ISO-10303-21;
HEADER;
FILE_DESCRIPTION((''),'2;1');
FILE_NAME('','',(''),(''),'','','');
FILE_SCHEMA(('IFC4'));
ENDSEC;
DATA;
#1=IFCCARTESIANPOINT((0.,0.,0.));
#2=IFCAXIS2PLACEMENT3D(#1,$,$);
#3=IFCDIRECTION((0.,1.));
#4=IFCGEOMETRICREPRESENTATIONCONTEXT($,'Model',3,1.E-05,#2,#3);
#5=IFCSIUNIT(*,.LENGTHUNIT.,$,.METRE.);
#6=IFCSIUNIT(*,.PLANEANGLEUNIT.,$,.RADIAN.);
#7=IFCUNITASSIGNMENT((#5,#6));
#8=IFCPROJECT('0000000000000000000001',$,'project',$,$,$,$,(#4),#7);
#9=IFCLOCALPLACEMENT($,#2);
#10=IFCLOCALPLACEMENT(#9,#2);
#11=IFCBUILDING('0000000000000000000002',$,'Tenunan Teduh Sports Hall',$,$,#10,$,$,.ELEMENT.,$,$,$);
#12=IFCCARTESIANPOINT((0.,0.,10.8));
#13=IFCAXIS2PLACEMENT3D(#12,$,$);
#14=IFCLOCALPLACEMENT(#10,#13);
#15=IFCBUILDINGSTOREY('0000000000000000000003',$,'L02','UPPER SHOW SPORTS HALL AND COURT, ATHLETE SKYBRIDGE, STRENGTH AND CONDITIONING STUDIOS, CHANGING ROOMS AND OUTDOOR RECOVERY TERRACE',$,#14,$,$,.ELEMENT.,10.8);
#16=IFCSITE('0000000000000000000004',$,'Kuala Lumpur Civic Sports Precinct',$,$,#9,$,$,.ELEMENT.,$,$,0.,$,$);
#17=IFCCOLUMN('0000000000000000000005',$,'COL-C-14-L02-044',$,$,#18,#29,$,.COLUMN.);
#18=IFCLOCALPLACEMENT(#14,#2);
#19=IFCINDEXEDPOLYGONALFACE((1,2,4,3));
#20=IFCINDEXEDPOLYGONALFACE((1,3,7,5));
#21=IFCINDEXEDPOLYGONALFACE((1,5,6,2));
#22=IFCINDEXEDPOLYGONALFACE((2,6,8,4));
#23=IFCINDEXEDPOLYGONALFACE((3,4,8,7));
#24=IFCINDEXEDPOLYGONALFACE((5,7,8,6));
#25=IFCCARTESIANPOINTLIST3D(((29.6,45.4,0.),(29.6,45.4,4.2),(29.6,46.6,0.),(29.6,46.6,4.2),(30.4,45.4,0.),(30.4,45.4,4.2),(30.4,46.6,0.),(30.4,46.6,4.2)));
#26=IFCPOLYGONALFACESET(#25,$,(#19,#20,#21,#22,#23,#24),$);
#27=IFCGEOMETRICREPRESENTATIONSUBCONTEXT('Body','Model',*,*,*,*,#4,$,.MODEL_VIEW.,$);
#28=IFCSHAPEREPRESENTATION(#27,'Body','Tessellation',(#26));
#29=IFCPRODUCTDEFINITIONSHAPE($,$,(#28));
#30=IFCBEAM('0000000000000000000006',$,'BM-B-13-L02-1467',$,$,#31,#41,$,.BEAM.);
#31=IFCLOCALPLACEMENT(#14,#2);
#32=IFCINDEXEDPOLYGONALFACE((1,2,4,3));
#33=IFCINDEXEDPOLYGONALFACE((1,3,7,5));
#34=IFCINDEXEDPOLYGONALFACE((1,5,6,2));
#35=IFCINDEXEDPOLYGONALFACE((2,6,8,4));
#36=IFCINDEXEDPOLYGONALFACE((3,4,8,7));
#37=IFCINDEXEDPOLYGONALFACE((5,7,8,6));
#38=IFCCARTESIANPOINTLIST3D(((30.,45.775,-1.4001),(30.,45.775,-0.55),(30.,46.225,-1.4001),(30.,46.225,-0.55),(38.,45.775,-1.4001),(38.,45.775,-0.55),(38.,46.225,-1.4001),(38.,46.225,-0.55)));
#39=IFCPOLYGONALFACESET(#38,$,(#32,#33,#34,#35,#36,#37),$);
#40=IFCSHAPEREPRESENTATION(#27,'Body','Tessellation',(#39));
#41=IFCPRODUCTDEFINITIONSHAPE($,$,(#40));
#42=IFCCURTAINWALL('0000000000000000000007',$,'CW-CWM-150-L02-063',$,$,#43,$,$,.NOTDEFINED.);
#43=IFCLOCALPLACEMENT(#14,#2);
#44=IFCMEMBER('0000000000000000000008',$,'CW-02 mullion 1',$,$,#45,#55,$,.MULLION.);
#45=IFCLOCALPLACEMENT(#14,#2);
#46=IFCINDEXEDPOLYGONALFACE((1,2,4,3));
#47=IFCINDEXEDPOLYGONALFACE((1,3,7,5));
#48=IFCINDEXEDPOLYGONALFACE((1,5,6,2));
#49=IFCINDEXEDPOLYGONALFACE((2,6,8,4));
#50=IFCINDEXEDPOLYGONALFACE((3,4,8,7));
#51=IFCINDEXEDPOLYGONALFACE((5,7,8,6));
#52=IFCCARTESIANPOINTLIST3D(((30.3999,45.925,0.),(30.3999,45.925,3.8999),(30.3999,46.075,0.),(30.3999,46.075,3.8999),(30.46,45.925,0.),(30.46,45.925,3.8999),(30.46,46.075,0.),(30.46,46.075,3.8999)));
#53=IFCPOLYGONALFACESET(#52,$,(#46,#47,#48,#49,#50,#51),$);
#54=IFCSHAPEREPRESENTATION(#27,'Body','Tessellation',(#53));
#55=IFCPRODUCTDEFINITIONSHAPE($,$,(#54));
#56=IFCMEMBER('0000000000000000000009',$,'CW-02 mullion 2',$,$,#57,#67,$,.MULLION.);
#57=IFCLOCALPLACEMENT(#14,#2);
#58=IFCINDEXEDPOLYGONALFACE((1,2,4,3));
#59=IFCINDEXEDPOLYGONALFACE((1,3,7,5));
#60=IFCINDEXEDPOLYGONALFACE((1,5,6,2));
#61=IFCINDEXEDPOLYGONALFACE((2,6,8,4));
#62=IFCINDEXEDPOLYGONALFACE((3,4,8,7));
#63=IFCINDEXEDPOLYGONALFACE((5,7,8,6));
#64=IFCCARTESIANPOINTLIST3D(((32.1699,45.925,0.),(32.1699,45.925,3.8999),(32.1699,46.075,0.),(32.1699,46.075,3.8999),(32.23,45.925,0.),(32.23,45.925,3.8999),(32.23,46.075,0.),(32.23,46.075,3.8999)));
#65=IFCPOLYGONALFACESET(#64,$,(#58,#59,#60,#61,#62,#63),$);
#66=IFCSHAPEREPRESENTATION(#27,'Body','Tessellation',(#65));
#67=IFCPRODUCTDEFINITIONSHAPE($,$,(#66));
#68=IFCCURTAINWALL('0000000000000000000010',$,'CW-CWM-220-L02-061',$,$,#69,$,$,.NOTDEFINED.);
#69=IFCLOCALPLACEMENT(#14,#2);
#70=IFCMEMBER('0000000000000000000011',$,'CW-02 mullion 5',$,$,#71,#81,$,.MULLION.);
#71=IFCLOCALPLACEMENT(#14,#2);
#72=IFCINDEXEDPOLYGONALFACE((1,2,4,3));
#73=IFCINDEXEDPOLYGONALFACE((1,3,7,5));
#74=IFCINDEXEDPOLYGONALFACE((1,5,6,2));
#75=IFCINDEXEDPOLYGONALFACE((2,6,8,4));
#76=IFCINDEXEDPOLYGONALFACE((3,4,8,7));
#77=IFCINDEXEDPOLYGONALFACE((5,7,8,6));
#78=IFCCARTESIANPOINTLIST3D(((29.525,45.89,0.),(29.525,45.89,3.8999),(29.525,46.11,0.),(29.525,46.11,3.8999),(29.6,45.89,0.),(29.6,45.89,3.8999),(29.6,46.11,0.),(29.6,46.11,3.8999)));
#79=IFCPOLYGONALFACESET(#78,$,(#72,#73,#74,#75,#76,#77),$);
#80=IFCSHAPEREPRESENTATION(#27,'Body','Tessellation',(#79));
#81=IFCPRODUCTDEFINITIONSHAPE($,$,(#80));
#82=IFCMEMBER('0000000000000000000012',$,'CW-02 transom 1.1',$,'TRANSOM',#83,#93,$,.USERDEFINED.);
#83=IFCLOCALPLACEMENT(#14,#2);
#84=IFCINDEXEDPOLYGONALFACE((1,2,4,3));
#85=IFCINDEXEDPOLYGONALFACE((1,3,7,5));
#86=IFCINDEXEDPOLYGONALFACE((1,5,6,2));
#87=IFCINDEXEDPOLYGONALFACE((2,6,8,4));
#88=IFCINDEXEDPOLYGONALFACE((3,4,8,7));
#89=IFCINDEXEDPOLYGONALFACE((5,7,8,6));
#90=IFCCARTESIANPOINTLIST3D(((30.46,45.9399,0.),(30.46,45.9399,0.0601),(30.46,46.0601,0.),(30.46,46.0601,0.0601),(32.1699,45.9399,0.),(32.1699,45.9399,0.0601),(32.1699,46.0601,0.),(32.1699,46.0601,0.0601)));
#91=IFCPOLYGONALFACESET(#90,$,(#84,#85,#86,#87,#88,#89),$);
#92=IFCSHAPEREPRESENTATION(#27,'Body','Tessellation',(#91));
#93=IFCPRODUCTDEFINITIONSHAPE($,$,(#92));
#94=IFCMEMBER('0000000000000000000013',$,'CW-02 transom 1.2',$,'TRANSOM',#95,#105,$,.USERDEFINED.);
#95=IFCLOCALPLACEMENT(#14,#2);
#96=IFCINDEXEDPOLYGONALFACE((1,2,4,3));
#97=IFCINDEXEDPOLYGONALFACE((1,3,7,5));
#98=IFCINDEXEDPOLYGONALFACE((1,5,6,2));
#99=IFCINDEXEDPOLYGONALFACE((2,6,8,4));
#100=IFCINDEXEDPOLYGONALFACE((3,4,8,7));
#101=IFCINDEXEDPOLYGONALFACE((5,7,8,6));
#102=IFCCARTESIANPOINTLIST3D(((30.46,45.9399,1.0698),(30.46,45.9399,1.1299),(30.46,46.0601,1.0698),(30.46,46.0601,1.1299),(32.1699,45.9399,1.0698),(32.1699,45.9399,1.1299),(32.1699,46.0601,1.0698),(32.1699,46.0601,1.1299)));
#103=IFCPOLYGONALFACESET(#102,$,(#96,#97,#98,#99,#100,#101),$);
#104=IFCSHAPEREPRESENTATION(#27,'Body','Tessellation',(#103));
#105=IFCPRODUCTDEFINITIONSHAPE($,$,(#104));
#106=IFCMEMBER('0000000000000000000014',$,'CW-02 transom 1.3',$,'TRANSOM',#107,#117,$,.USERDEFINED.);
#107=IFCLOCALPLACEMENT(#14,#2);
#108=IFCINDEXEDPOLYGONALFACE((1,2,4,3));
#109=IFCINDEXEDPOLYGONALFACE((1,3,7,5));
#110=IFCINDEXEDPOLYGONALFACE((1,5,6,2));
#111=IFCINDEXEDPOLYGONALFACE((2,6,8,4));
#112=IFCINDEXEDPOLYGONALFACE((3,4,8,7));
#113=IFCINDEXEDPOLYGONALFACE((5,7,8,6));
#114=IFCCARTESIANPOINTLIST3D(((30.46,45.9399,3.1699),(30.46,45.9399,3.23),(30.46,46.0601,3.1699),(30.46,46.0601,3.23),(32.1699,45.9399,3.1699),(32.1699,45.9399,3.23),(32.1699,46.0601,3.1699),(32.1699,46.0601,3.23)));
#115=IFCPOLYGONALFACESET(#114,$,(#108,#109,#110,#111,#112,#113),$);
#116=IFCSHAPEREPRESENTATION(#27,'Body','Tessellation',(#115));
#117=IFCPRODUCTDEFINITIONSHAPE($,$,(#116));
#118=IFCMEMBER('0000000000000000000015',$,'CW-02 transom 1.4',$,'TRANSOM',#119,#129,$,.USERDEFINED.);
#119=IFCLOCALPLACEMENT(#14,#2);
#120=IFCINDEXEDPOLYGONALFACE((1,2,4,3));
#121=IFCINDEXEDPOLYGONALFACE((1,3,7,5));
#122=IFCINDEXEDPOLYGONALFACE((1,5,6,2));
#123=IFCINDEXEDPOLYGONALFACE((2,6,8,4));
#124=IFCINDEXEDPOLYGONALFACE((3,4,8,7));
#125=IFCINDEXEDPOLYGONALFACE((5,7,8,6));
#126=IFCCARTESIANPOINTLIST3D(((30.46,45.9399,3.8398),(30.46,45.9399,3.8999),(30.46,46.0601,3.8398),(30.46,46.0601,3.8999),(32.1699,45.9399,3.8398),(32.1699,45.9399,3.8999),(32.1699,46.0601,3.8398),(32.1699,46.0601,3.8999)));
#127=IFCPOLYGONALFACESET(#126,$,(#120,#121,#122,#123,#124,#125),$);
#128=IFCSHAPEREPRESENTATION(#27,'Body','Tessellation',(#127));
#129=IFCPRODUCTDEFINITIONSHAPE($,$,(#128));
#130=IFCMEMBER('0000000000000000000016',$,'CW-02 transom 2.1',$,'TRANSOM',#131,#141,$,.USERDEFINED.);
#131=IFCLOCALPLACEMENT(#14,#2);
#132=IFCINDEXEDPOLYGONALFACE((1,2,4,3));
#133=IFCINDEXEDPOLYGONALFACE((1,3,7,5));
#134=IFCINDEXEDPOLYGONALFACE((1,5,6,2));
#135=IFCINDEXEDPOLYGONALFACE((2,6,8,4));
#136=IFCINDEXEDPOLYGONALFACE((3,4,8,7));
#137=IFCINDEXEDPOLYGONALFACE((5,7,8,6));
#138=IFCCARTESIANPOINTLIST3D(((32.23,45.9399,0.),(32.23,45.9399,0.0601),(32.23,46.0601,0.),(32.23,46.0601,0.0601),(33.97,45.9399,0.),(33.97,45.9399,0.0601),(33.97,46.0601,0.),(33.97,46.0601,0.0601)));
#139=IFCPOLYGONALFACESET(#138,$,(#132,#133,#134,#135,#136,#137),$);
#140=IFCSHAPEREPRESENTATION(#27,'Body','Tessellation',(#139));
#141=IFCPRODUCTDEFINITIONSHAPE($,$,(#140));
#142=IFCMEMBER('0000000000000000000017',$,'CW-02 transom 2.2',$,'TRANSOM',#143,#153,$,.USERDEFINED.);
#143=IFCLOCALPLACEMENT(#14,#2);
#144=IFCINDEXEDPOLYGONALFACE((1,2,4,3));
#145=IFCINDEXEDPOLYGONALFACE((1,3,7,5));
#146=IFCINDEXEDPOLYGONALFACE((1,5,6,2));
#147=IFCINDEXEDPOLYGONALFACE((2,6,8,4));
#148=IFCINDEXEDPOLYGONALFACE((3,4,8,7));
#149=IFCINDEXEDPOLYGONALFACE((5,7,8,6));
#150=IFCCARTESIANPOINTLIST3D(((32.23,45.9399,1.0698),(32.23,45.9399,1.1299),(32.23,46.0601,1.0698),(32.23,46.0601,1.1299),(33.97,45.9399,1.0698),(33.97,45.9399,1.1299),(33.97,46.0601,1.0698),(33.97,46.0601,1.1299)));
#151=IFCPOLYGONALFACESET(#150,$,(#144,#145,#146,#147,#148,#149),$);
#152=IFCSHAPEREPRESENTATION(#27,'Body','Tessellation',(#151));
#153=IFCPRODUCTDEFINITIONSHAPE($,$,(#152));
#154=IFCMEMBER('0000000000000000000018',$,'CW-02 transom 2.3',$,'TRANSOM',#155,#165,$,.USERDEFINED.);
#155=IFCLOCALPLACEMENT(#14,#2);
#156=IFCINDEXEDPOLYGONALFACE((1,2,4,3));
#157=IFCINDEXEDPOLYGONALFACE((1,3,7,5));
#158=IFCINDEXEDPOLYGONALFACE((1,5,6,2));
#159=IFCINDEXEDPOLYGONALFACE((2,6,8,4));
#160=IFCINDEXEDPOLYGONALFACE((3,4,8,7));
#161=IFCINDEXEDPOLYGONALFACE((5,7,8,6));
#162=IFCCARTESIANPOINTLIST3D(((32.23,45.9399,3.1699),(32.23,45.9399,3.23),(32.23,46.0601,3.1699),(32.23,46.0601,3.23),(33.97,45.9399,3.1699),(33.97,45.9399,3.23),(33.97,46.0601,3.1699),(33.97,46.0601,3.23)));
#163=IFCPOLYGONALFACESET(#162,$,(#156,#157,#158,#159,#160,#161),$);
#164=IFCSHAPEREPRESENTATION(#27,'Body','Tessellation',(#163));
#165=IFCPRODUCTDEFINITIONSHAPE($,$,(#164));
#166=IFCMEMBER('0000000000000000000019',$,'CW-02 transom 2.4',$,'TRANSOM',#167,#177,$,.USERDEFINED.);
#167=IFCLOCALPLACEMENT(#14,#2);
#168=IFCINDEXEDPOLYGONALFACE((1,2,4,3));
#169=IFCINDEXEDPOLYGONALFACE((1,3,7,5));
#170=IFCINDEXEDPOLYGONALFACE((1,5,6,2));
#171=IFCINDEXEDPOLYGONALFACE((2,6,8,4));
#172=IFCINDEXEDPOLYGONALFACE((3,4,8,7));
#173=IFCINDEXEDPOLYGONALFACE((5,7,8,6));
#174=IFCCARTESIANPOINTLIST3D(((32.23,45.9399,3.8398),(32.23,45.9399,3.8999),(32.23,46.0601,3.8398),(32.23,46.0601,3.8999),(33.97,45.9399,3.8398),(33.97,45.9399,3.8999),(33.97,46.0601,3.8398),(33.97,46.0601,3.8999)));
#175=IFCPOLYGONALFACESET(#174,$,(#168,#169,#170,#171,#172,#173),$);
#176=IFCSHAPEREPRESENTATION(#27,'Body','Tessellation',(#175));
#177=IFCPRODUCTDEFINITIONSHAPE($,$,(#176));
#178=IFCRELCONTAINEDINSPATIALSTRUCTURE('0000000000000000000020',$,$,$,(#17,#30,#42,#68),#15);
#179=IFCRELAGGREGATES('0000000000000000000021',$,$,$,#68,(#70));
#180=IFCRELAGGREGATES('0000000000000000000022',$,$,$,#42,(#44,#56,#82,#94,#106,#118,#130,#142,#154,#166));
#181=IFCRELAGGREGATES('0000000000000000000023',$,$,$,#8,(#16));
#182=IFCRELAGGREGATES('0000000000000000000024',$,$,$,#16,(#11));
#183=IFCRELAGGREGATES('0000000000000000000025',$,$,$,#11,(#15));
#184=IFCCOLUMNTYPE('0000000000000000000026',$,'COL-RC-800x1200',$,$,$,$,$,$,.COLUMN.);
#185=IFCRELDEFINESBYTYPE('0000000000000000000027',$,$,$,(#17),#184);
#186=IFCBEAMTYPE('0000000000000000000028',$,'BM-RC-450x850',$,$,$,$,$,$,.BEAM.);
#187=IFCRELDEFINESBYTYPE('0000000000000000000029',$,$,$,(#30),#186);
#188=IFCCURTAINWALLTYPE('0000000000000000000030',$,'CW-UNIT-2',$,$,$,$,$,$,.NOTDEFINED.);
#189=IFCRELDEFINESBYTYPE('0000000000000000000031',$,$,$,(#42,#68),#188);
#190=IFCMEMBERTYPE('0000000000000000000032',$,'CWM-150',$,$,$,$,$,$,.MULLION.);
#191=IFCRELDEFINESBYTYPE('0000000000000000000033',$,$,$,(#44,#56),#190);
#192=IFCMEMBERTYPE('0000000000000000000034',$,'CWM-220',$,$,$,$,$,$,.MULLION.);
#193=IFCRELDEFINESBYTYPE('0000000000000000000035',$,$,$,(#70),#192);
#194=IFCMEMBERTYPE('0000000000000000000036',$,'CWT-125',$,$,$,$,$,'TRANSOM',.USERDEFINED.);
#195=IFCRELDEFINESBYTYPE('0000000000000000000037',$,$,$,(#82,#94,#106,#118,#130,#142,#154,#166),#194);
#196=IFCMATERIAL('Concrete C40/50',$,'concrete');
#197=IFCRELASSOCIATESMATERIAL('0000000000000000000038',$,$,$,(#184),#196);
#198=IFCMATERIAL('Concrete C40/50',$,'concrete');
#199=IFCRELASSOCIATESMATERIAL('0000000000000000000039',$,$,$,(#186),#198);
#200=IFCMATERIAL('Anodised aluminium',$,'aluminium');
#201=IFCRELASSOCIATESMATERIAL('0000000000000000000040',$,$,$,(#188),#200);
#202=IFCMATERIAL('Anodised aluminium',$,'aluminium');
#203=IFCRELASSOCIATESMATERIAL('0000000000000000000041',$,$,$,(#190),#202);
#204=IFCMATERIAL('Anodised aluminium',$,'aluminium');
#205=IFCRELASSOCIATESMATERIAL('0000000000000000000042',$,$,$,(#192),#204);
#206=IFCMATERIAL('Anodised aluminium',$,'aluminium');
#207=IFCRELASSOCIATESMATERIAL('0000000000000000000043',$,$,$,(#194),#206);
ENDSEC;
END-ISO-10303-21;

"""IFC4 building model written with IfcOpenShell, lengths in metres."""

from ifc_helpers import new_model, si_unit, direction, frame, origin, origin_2d, place, context, subcontext, project, spatial, rectangle, extrude, material, material_profile, profile_set, type_object, element, aggregate, save


model = new_model("IFC4")

# Units and contexts
model_context = context("Model", 3, precision=1e-05, world=origin(), true_north=direction((0.0, 1.0)))
body_context = subcontext(model_context, "Body", "Model", "MODEL_VIEW")
ifc_project = project(units=[si_unit("LENGTHUNIT", "METRE"), si_unit("PLANEANGLEUNIT", "RADIAN")], contexts=[model_context])

# Site, building, storey
site_placement = place(None, origin())
site = spatial("IfcSite", under=ifc_project, at=site_placement, Name="Kuala Lumpur Civic Sports Precinct", CompositionType="ELEMENT", RefElevation=0.0)
building_placement = place(site_placement, origin())
building = spatial("IfcBuilding", under=site, at=building_placement, Name="Tenunan Teduh Sports Hall", CompositionType="ELEMENT")
storey_placement = place(building_placement, frame((0.0, 0.0, 10.8)))
storey = spatial("IfcBuildingStorey", under=building, at=storey_placement, Name="L02", Description="UPPER SHOW SPORTS HALL AND COURT, ATHLETE SKYBRIDGE, STRENGTH AND CONDITIONING STUDIOS, CHANGING ROOMS AND OUTDOOR RECOVERY TERRACE", CompositionType="ELEMENT", Elevation=10.8)

# Column
ifc_material_1 = material(Name="Concrete C40/50", Category="concrete")
ifc_material_profile_1 = material_profile(ifc_material_1, rectangle(XDim=0.8, YDim=1.2, at=origin_2d()), Name="RC 800x1200")
ifc_profile_set_1 = profile_set([ifc_material_profile_1], Name="Concrete C40/50")
column_type = type_object("IfcColumnType", Name="COL-RC-800x1200", PredefinedType="COLUMN", material=ifc_profile_set_1)
column_placement = place(storey_placement, frame((30.0, 46.0, 0.0), z_axis=(0.0, 0.0, 1.0), x_axis=(1.0, 0.0, 0.0)))
element("IfcColumn", 1, at=column_placement, inside=storey, type_object=column_type, Name="COL-C-14-L02-044", PredefinedType="COLUMN", context=body_context, shape_type="SweptSolid", body=[
    extrude(rectangle(XDim=0.8, YDim=1.2, at=origin_2d()), origin(), (0.0, 0.0, 1.0), 4.2),
])

# Beam
ifc_material_2 = material(Name="Concrete C40/50", Category="concrete")
ifc_material_profile_2 = material_profile(ifc_material_2, rectangle(XDim=0.45, YDim=0.8501, at=origin_2d()), Name="RCB 450x850")
ifc_profile_set_2 = profile_set([ifc_material_profile_2], Name="Concrete C40/50")
beam_type = type_object("IfcBeamType", Name="BM-RC-450x850", PredefinedType="BEAM", material=ifc_profile_set_2)
beam_placement = place(storey_placement, frame((30.0, 46.0, -0.9751), z_axis=(1.0, 0.0, 0.0), x_axis=(0.0, 1.0, 0.0)))
element("IfcBeam", 2, at=beam_placement, inside=storey, type_object=beam_type, Name="BM-B-13-L02-1467", PredefinedType="BEAM", context=body_context, shape_type="SweptSolid", body=[
    extrude(rectangle(XDim=0.45, YDim=0.8501, at=origin_2d()), origin(), (0.0, 0.0, 1.0), 8.0),
])

# Curtain wall, members
ifc_material_3 = material(Name="Anodised aluminium", Category="aluminium")
curtain_wall_type = type_object("IfcCurtainWallType", Name="CW-UNIT-2", PredefinedType="NOTDEFINED", material=ifc_material_3)
curtain_wall_1_placement = place(storey_placement, origin())
curtain_wall_1 = element("IfcCurtainWall", 3, at=curtain_wall_1_placement, inside=storey, type_object=curtain_wall_type, Name="CW-CWM-150-L02-063", PredefinedType="NOTDEFINED")
ifc_material_4 = material(Name="Anodised aluminium", Category="aluminium")
ifc_material_profile_3 = material_profile(ifc_material_4, rectangle(XDim=0.0601, YDim=0.1499, at=origin_2d()), Name="CWM 60x150")
ifc_profile_set_3 = profile_set([ifc_material_profile_3], Name="Anodised aluminium")
member_type_1 = type_object("IfcMemberType", Name="CWM-150", PredefinedType="MULLION", material=ifc_profile_set_3)
member_1_placement = place(storey_placement, frame((30.4299, 46.0, 0.0), z_axis=(0.0, 0.0, 1.0), x_axis=(1.0, 0.0, 0.0)))
member_1 = element("IfcMember", 4, at=member_1_placement, type_object=member_type_1, Name="CW-02 mullion 1", PredefinedType="MULLION", context=body_context, shape_type="SweptSolid", body=[
    extrude(rectangle(XDim=0.0601, YDim=0.1499, at=origin_2d()), origin(), (0.0, 0.0, 1.0), 3.8999),
])
member_2_placement = place(storey_placement, frame((32.2, 46.0, 0.0), z_axis=(0.0, 0.0, 1.0), x_axis=(1.0, 0.0, 0.0)))
member_2 = element("IfcMember", 5, at=member_2_placement, type_object=member_type_1, Name="CW-02 mullion 2", PredefinedType="MULLION", context=body_context, shape_type="SweptSolid", body=[
    extrude(rectangle(XDim=0.0601, YDim=0.1499, at=origin_2d()), origin(), (0.0, 0.0, 1.0), 3.8999),
])

# Curtain wall, member
curtain_wall_2_placement = place(storey_placement, origin())
curtain_wall_2 = element("IfcCurtainWall", 6, at=curtain_wall_2_placement, inside=storey, type_object=curtain_wall_type, Name="CW-CWM-220-L02-061", PredefinedType="NOTDEFINED")
ifc_material_5 = material(Name="Anodised aluminium", Category="aluminium")
ifc_material_profile_4 = material_profile(ifc_material_5, rectangle(XDim=0.075, YDim=0.22, at=origin_2d()), Name="CWM 75x220")
ifc_profile_set_4 = profile_set([ifc_material_profile_4], Name="Anodised aluminium")
member_type_2 = type_object("IfcMemberType", Name="CWM-220", PredefinedType="MULLION", material=ifc_profile_set_4)
member_3_placement = place(storey_placement, frame((29.5625, 46.0, 0.0), z_axis=(0.0, 0.0, 1.0), x_axis=(1.0, 0.0, 0.0)))
member_3 = element("IfcMember", 7, at=member_3_placement, type_object=member_type_2, Name="CW-02 mullion 5", PredefinedType="MULLION", context=body_context, shape_type="SweptSolid", body=[
    extrude(rectangle(XDim=0.075, YDim=0.22, at=origin_2d()), origin(), (0.0, 0.0, 1.0), 3.8999),
])

# Members
ifc_material_6 = material(Name="Anodised aluminium", Category="aluminium")
ifc_material_profile_5 = material_profile(ifc_material_6, rectangle(XDim=0.0601, YDim=0.1201, at=origin_2d()), Name="CWT 60x120")
ifc_profile_set_5 = profile_set([ifc_material_profile_5], Name="Anodised aluminium")
member_type_3 = type_object("IfcMemberType", Name="CWT-125", ElementType="TRANSOM", PredefinedType="USERDEFINED", material=ifc_profile_set_5)
member_4_placement = place(storey_placement, frame((30.46, 46.0, 0.03), z_axis=(1.0, 0.0, 0.0), x_axis=(0.0, 0.0, 1.0)))
member_4 = element("IfcMember", 8, at=member_4_placement, type_object=member_type_3, Name="CW-02 transom 1.1", ObjectType="TRANSOM", PredefinedType="USERDEFINED", context=body_context, shape_type="SweptSolid", body=[
    extrude(rectangle(XDim=0.0601, YDim=0.1201, at=origin_2d()), origin(), (0.0, 0.0, 1.0), 1.71),
])
member_5_placement = place(storey_placement, frame((30.46, 46.0, 1.0999), z_axis=(1.0, 0.0, 0.0), x_axis=(0.0, 0.0, 1.0)))
member_5 = element("IfcMember", 9, at=member_5_placement, type_object=member_type_3, Name="CW-02 transom 1.2", ObjectType="TRANSOM", PredefinedType="USERDEFINED", context=body_context, shape_type="SweptSolid", body=[
    extrude(rectangle(XDim=0.0601, YDim=0.1201, at=origin_2d()), origin(), (0.0, 0.0, 1.0), 1.71),
])
member_6_placement = place(storey_placement, frame((30.46, 46.0, 3.2), z_axis=(1.0, 0.0, 0.0), x_axis=(0.0, 0.0, 1.0)))
member_6 = element("IfcMember", 10, at=member_6_placement, type_object=member_type_3, Name="CW-02 transom 1.3", ObjectType="TRANSOM", PredefinedType="USERDEFINED", context=body_context, shape_type="SweptSolid", body=[
    extrude(rectangle(XDim=0.0601, YDim=0.1201, at=origin_2d()), origin(), (0.0, 0.0, 1.0), 1.71),
])
member_7_placement = place(storey_placement, frame((30.46, 46.0, 3.8699), z_axis=(1.0, 0.0, 0.0), x_axis=(0.0, 0.0, 1.0)))
member_7 = element("IfcMember", 11, at=member_7_placement, type_object=member_type_3, Name="CW-02 transom 1.4", ObjectType="TRANSOM", PredefinedType="USERDEFINED", context=body_context, shape_type="SweptSolid", body=[
    extrude(rectangle(XDim=0.0601, YDim=0.1201, at=origin_2d()), origin(), (0.0, 0.0, 1.0), 1.71),
])
member_8_placement = place(storey_placement, frame((32.23, 46.0, 0.03), z_axis=(1.0, 0.0, 0.0), x_axis=(0.0, 0.0, 1.0)))
member_8 = element("IfcMember", 12, at=member_8_placement, type_object=member_type_3, Name="CW-02 transom 2.1", ObjectType="TRANSOM", PredefinedType="USERDEFINED", context=body_context, shape_type="SweptSolid", body=[
    extrude(rectangle(XDim=0.0601, YDim=0.1201, at=origin_2d()), origin(), (0.0, 0.0, 1.0), 1.74),
])
member_9_placement = place(storey_placement, frame((32.23, 46.0, 1.0999), z_axis=(1.0, 0.0, 0.0), x_axis=(0.0, 0.0, 1.0)))
member_9 = element("IfcMember", 13, at=member_9_placement, type_object=member_type_3, Name="CW-02 transom 2.2", ObjectType="TRANSOM", PredefinedType="USERDEFINED", context=body_context, shape_type="SweptSolid", body=[
    extrude(rectangle(XDim=0.0601, YDim=0.1201, at=origin_2d()), origin(), (0.0, 0.0, 1.0), 1.74),
])
member_10_placement = place(storey_placement, frame((32.23, 46.0, 3.2), z_axis=(1.0, 0.0, 0.0), x_axis=(0.0, 0.0, 1.0)))
member_10 = element("IfcMember", 14, at=member_10_placement, type_object=member_type_3, Name="CW-02 transom 2.3", ObjectType="TRANSOM", PredefinedType="USERDEFINED", context=body_context, shape_type="SweptSolid", body=[
    extrude(rectangle(XDim=0.0601, YDim=0.1201, at=origin_2d()), origin(), (0.0, 0.0, 1.0), 1.74),
])
member_11_placement = place(storey_placement, frame((32.23, 46.0, 3.8699), z_axis=(1.0, 0.0, 0.0), x_axis=(0.0, 0.0, 1.0)))
member_11 = element("IfcMember", 15, at=member_11_placement, type_object=member_type_3, Name="CW-02 transom 2.4", ObjectType="TRANSOM", PredefinedType="USERDEFINED", context=body_context, shape_type="SweptSolid", body=[
    extrude(rectangle(XDim=0.0601, YDim=0.1201, at=origin_2d()), origin(), (0.0, 0.0, 1.0), 1.74),
])

aggregate(curtain_wall_2, [member_3])
aggregate(curtain_wall_1, [member_1, member_2, member_4, member_5, member_6, member_7, member_8, member_9, member_10, member_11])

save(model, "model.ifc")
